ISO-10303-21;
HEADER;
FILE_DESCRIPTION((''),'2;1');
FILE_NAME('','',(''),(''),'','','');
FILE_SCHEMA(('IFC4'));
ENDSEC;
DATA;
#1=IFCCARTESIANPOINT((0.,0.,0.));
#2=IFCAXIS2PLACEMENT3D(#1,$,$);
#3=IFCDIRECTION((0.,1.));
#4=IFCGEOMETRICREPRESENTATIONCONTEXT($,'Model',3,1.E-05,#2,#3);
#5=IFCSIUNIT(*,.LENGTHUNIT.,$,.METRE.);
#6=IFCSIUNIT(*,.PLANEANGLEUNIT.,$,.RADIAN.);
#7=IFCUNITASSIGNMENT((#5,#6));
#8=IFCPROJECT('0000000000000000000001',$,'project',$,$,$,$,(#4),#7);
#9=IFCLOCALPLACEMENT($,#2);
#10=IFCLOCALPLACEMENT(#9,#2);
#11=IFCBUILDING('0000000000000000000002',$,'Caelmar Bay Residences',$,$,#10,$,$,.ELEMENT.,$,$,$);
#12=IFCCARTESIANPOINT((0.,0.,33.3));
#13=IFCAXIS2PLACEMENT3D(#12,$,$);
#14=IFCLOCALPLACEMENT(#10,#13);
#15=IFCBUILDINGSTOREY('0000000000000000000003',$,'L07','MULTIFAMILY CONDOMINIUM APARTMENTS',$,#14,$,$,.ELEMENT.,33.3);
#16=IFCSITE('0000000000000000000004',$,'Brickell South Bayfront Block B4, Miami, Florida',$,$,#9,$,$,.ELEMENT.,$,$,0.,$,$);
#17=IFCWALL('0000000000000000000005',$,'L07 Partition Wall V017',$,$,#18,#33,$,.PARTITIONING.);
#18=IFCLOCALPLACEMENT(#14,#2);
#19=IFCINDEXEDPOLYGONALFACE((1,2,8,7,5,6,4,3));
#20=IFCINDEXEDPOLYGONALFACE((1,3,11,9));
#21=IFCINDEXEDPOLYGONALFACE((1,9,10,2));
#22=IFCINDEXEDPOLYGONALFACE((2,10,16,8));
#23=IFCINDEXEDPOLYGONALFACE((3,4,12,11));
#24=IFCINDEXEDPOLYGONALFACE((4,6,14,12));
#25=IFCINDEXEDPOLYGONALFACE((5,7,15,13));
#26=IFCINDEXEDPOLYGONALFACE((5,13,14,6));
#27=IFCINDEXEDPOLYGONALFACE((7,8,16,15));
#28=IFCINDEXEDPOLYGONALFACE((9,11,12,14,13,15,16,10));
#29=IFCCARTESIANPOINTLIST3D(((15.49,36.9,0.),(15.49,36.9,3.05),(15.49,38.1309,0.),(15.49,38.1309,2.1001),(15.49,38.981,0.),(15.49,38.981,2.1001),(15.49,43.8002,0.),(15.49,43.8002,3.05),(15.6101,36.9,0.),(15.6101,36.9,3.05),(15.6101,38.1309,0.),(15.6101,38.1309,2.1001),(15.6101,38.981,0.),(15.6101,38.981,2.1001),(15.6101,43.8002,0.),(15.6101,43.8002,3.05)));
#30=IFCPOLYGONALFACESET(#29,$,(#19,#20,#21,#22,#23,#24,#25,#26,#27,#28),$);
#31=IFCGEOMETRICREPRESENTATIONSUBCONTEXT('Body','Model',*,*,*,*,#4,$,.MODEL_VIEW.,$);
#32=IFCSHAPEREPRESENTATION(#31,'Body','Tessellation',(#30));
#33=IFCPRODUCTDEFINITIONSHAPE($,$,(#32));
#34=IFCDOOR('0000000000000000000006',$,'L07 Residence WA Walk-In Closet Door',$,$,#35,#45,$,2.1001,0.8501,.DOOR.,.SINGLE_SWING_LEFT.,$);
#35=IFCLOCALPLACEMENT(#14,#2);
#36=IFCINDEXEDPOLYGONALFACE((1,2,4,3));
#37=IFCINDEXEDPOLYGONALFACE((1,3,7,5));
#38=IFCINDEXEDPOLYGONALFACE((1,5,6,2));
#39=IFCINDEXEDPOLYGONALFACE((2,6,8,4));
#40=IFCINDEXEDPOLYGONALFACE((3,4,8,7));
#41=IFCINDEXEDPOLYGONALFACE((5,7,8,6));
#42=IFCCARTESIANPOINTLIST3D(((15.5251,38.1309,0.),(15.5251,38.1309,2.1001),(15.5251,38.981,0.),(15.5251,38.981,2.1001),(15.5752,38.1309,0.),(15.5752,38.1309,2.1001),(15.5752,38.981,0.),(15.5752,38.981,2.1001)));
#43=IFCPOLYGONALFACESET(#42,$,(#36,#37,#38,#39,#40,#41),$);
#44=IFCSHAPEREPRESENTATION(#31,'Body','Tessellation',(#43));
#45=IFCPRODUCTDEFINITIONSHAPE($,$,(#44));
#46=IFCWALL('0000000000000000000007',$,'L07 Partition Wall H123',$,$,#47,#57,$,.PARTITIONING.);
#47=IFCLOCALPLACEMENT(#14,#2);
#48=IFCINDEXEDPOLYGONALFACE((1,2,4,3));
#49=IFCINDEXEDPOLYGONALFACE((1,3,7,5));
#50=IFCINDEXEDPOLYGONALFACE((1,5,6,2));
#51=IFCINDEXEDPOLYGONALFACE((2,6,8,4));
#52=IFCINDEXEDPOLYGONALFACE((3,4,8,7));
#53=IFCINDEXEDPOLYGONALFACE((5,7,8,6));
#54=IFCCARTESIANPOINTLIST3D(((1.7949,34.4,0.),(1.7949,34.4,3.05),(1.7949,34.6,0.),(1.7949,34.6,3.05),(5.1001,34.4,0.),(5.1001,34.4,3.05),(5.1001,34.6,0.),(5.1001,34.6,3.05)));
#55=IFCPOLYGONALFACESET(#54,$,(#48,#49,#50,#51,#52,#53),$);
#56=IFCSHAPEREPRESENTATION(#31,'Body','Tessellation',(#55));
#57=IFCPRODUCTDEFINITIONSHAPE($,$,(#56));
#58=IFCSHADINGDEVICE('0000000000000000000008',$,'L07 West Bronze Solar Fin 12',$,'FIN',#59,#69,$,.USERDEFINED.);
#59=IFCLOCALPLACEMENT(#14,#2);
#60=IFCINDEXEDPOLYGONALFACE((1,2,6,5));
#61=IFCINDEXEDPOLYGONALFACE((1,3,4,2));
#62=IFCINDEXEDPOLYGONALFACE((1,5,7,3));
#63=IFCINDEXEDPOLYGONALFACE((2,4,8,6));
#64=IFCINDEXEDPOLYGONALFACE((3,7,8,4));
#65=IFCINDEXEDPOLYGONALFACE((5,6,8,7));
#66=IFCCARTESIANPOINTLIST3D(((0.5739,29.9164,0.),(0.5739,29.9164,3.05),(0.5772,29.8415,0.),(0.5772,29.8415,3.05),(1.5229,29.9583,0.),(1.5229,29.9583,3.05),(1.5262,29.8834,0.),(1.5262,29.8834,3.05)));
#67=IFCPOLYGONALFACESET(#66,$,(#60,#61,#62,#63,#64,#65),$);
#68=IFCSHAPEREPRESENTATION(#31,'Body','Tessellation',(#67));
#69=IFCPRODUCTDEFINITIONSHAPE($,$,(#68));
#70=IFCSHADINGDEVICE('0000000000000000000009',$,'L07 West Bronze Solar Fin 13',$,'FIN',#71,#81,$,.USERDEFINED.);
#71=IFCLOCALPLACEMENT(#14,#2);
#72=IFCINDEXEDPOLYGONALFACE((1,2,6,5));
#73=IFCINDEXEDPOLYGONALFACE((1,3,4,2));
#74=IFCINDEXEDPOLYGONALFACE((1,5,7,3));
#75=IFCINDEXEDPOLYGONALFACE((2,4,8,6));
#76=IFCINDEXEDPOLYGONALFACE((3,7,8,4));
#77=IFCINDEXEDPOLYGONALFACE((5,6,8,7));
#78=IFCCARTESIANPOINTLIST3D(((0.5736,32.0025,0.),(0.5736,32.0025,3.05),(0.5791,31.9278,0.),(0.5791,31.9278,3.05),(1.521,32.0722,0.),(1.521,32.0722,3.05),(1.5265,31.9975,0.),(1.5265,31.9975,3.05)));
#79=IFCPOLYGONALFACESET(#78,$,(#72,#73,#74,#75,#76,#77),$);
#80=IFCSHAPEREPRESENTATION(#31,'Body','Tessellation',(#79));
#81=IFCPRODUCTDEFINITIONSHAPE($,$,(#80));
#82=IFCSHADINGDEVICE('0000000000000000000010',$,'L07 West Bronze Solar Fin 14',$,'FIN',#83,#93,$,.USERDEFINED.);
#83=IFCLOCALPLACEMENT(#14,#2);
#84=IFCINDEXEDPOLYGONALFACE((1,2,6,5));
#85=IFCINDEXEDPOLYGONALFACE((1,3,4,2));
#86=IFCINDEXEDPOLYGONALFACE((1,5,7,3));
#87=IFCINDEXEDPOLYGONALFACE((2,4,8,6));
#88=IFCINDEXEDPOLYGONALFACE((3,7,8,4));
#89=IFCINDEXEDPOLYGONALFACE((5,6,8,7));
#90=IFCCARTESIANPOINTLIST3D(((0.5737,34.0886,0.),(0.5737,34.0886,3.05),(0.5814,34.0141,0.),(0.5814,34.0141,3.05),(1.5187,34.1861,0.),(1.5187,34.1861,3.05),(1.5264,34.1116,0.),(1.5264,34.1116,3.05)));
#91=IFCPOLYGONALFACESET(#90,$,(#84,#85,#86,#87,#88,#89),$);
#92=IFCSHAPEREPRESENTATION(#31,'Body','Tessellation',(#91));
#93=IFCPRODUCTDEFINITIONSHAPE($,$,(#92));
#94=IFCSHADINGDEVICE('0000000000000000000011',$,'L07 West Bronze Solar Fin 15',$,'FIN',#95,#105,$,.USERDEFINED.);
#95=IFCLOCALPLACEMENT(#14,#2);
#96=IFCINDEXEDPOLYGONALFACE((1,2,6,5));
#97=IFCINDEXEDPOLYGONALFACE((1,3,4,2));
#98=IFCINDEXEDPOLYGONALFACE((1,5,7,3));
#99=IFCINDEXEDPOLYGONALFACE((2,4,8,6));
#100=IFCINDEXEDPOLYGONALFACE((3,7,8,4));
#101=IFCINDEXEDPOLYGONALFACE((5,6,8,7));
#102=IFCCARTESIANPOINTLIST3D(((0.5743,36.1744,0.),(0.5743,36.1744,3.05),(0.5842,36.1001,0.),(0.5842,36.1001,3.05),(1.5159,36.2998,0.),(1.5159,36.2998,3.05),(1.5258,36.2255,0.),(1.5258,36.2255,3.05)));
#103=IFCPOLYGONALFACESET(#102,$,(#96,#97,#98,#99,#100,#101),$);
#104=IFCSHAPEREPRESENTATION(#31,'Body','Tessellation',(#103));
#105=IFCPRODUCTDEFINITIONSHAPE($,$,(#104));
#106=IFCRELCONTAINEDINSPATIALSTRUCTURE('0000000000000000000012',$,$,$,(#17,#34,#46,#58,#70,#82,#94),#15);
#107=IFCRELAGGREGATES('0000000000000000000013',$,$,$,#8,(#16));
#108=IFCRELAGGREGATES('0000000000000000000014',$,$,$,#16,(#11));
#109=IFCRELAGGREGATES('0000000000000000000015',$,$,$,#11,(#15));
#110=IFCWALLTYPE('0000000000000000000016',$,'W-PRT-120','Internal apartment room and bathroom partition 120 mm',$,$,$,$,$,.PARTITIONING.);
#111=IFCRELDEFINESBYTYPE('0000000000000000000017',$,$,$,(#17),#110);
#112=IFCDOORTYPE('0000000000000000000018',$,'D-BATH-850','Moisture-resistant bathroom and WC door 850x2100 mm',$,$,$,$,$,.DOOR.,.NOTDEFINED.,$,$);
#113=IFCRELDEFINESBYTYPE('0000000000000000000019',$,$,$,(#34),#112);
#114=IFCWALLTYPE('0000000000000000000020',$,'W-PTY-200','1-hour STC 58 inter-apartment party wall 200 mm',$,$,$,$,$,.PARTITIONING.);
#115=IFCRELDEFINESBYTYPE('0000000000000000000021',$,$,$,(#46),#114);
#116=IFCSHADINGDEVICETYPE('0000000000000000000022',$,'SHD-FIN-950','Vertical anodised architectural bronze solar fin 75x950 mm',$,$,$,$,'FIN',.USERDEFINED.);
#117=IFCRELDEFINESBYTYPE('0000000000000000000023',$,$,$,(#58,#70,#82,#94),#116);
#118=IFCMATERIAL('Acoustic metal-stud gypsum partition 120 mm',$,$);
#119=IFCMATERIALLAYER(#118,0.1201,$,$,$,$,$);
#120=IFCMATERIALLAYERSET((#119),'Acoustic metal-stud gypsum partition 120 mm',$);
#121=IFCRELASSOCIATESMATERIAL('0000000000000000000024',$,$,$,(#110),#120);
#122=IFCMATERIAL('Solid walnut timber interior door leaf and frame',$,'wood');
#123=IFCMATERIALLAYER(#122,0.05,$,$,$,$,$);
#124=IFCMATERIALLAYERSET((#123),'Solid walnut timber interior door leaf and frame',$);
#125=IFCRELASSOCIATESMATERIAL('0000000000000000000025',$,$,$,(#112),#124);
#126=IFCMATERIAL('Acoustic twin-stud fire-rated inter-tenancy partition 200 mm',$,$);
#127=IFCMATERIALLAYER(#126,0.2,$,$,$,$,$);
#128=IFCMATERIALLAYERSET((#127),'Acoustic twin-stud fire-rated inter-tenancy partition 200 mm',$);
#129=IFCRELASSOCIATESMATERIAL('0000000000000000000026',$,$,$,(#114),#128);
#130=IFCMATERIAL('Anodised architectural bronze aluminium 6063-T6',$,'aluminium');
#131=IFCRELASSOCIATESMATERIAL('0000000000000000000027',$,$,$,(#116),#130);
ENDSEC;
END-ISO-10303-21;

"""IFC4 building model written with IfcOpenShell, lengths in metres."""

from ifc_helpers import new_model, si_unit, direction, frame, frame_2d, origin, origin_2d, place, context, subcontext, project, spatial, rectangle, extrude, material, layer, layer_set, material_profile, profile_set, type_object, element, fill, save


model = new_model("IFC4")

# Units and contexts
model_context = context("Model", 3, precision=1e-05, world=origin(), true_north=direction((0.0, 1.0)))
body_context = subcontext(model_context, "Body", "Model", "MODEL_VIEW")
ifc_project = project(units=[si_unit("LENGTHUNIT", "METRE"), si_unit("PLANEANGLEUNIT", "RADIAN")], contexts=[model_context])

# Site, building, storey
site_placement = place(None, origin())
site = spatial("IfcSite", under=ifc_project, at=site_placement, Name="Brickell South Bayfront Block B4, Miami, Florida", CompositionType="ELEMENT", RefElevation=0.0)
building_placement = place(site_placement, origin())
building = spatial("IfcBuilding", under=site, at=building_placement, Name="Caelmar Bay Residences", CompositionType="ELEMENT")
storey_placement = place(building_placement, frame((0.0, 0.0, 33.3)))
storey = spatial("IfcBuildingStorey", under=building, at=storey_placement, Name="L07", Description="MULTIFAMILY CONDOMINIUM APARTMENTS", CompositionType="ELEMENT", Elevation=33.3)

# Shared definitions
ifc_material_1 = material(Name="Acoustic metal-stud gypsum partition 120 mm")
ifc_layer_1 = layer(ifc_material_1, 0.1201)
ifc_layer_set_1 = layer_set([ifc_layer_1], Name="Acoustic metal-stud gypsum partition 120 mm")
wall_type_1 = type_object("IfcWallType", Name="W-PRT-120", Description="Internal apartment room and bathroom partition 120 mm", PredefinedType="PARTITIONING", material=ifc_layer_set_1)

# Wall, opening, door
wall_1_placement = place(storey_placement, frame((15.55, 36.8999, 0.0), z_axis=(0.0, 0.0, 1.0), x_axis=(0.0, 1.0, 0.0)))
wall_1 = element("IfcWall", 1, at=wall_1_placement, inside=storey, type_object=wall_type_1, Name="L07 Partition Wall V017", PredefinedType="PARTITIONING", context=body_context, shape_type="SweptSolid", body=[
    extrude(rectangle(XDim=6.9001, YDim=0.1201, at=frame_2d((3.4502, 0.0))), origin(), (0.0, 0.0, 1.0), 3.05),
])
opening_1_placement = place(wall_1_placement, frame((1.231, 0.0, 0.0)))
opening_1 = element("IfcOpeningElement", 2, at=opening_1_placement, cuts=wall_1, PredefinedType="OPENING", context=body_context, shape_type="SweptSolid", body=[
    extrude(rectangle(XDim=0.8501, YDim=2.1001, at=frame_2d((0.425, 1.05))), frame((0.0, 0.0701, 0.0), z_axis=(0.0, -1.0, 0.0), x_axis=(1.0, 0.0, 0.0)), (0.0, 0.0, 1.0), 0.1401),
])
ifc_material_2 = material(Name="Solid walnut timber interior door leaf and frame", Category="wood")
ifc_layer_2 = layer(ifc_material_2, 0.05)
ifc_layer_set_2 = layer_set([ifc_layer_2], Name="Solid walnut timber interior door leaf and frame")
door_type_1 = type_object("IfcDoorType", Name="D-BATH-850", Description="Moisture-resistant bathroom and WC door 850x2100 mm", OperationType="NOTDEFINED", PredefinedType="DOOR", material=ifc_layer_set_2)
door_1_placement = place(opening_1_placement, origin())
door_1 = element("IfcDoor", 3, at=door_1_placement, inside=storey, type_object=door_type_1, Name="L07 Residence WA Walk-In Closet Door", OperationType="SINGLE_SWING_LEFT", OverallHeight=2.1001, OverallWidth=0.8501, PredefinedType="DOOR", context=body_context, shape_type="SweptSolid", body=[
    extrude(rectangle(XDim=0.8501, YDim=2.1001, at=frame_2d((0.425, 1.05))), frame((0.0, 0.0249, 0.0), z_axis=(0.0, -1.0, 0.0), x_axis=(1.0, 0.0, 0.0)), (0.0, 0.0, 1.0), 0.05),
])
fill(opening_1, door_1)

# Wall
ifc_material_3 = material(Name="Acoustic twin-stud fire-rated inter-tenancy partition 200 mm")
ifc_layer_3 = layer(ifc_material_3, 0.2)
ifc_layer_set_3 = layer_set([ifc_layer_3], Name="Acoustic twin-stud fire-rated inter-tenancy partition 200 mm")
wall_type_2 = type_object("IfcWallType", Name="W-PTY-200", Description="1-hour STC 58 inter-apartment party wall 200 mm", PredefinedType="PARTITIONING", material=ifc_layer_set_3)
wall_2_placement = place(storey_placement, frame((1.7949, 34.5, 0.0), z_axis=(0.0, 0.0, 1.0), x_axis=(1.0, 0.0, 0.0)))
element("IfcWall", 4, at=wall_2_placement, inside=storey, type_object=wall_type_2, Name="L07 Partition Wall H123", PredefinedType="PARTITIONING", context=body_context, shape_type="SweptSolid", body=[
    extrude(rectangle(XDim=3.3052, YDim=0.2, at=frame_2d((1.6526, 0.0))), origin(), (0.0, 0.0, 1.0), 3.05),
])

# Shading devices
ifc_material_4 = material(Name="Anodised architectural bronze aluminium 6063-T6", Category="aluminium")
ifc_material_profile_1 = material_profile(ifc_material_4, rectangle(XDim=0.075, YDim=0.95, at=origin_2d()), Name="BRONZE-FIN-75X950")
ifc_profile_set_1 = profile_set([ifc_material_profile_1], Name="Anodised architectural bronze aluminium 6063-T6")
shading_device_type = type_object("IfcShadingDeviceType", Name="SHD-FIN-950", Description="Vertical anodised architectural bronze solar fin 75x950 mm", ElementType="FIN", PredefinedType="USERDEFINED", material=ifc_profile_set_1)
for number, where, z_axis, x_axis, name in (
    (5, (1.05, 29.8999, 0.0), (0.0, 0.0, 1.0), (-0.044142, 0.999025, 0.0), "L07 West Bronze Solar Fin 12"),
    (6, (1.05, 32.0, 0.0), (0.0, 0.0, 1.0), (-0.073412, 0.997302, 0.0), "L07 West Bronze Solar Fin 13"),
    (7, (1.05, 34.1001, 0.0), (0.0, 0.0, 1.0), (-0.102619, 0.994721, 0.0), "L07 West Bronze Solar Fin 14"),
    (8, (1.05, 36.2, 0.0), (0.0, 0.0, 1.0), (-0.13191, 0.991262, 0.0), "L07 West Bronze Solar Fin 15"),
):
    element("IfcShadingDevice", number, at=place(storey_placement, frame(where, z_axis=z_axis, x_axis=x_axis)), inside=storey, type_object=shading_device_type, Name=name, ObjectType="FIN", PredefinedType="USERDEFINED", context=body_context, shape_type="SweptSolid", body=[
        extrude(rectangle(XDim=0.075, YDim=0.95, at=origin_2d()), origin(), (0.0, 0.0, 1.0), 3.05),
    ])

save(model, "model.ifc")
